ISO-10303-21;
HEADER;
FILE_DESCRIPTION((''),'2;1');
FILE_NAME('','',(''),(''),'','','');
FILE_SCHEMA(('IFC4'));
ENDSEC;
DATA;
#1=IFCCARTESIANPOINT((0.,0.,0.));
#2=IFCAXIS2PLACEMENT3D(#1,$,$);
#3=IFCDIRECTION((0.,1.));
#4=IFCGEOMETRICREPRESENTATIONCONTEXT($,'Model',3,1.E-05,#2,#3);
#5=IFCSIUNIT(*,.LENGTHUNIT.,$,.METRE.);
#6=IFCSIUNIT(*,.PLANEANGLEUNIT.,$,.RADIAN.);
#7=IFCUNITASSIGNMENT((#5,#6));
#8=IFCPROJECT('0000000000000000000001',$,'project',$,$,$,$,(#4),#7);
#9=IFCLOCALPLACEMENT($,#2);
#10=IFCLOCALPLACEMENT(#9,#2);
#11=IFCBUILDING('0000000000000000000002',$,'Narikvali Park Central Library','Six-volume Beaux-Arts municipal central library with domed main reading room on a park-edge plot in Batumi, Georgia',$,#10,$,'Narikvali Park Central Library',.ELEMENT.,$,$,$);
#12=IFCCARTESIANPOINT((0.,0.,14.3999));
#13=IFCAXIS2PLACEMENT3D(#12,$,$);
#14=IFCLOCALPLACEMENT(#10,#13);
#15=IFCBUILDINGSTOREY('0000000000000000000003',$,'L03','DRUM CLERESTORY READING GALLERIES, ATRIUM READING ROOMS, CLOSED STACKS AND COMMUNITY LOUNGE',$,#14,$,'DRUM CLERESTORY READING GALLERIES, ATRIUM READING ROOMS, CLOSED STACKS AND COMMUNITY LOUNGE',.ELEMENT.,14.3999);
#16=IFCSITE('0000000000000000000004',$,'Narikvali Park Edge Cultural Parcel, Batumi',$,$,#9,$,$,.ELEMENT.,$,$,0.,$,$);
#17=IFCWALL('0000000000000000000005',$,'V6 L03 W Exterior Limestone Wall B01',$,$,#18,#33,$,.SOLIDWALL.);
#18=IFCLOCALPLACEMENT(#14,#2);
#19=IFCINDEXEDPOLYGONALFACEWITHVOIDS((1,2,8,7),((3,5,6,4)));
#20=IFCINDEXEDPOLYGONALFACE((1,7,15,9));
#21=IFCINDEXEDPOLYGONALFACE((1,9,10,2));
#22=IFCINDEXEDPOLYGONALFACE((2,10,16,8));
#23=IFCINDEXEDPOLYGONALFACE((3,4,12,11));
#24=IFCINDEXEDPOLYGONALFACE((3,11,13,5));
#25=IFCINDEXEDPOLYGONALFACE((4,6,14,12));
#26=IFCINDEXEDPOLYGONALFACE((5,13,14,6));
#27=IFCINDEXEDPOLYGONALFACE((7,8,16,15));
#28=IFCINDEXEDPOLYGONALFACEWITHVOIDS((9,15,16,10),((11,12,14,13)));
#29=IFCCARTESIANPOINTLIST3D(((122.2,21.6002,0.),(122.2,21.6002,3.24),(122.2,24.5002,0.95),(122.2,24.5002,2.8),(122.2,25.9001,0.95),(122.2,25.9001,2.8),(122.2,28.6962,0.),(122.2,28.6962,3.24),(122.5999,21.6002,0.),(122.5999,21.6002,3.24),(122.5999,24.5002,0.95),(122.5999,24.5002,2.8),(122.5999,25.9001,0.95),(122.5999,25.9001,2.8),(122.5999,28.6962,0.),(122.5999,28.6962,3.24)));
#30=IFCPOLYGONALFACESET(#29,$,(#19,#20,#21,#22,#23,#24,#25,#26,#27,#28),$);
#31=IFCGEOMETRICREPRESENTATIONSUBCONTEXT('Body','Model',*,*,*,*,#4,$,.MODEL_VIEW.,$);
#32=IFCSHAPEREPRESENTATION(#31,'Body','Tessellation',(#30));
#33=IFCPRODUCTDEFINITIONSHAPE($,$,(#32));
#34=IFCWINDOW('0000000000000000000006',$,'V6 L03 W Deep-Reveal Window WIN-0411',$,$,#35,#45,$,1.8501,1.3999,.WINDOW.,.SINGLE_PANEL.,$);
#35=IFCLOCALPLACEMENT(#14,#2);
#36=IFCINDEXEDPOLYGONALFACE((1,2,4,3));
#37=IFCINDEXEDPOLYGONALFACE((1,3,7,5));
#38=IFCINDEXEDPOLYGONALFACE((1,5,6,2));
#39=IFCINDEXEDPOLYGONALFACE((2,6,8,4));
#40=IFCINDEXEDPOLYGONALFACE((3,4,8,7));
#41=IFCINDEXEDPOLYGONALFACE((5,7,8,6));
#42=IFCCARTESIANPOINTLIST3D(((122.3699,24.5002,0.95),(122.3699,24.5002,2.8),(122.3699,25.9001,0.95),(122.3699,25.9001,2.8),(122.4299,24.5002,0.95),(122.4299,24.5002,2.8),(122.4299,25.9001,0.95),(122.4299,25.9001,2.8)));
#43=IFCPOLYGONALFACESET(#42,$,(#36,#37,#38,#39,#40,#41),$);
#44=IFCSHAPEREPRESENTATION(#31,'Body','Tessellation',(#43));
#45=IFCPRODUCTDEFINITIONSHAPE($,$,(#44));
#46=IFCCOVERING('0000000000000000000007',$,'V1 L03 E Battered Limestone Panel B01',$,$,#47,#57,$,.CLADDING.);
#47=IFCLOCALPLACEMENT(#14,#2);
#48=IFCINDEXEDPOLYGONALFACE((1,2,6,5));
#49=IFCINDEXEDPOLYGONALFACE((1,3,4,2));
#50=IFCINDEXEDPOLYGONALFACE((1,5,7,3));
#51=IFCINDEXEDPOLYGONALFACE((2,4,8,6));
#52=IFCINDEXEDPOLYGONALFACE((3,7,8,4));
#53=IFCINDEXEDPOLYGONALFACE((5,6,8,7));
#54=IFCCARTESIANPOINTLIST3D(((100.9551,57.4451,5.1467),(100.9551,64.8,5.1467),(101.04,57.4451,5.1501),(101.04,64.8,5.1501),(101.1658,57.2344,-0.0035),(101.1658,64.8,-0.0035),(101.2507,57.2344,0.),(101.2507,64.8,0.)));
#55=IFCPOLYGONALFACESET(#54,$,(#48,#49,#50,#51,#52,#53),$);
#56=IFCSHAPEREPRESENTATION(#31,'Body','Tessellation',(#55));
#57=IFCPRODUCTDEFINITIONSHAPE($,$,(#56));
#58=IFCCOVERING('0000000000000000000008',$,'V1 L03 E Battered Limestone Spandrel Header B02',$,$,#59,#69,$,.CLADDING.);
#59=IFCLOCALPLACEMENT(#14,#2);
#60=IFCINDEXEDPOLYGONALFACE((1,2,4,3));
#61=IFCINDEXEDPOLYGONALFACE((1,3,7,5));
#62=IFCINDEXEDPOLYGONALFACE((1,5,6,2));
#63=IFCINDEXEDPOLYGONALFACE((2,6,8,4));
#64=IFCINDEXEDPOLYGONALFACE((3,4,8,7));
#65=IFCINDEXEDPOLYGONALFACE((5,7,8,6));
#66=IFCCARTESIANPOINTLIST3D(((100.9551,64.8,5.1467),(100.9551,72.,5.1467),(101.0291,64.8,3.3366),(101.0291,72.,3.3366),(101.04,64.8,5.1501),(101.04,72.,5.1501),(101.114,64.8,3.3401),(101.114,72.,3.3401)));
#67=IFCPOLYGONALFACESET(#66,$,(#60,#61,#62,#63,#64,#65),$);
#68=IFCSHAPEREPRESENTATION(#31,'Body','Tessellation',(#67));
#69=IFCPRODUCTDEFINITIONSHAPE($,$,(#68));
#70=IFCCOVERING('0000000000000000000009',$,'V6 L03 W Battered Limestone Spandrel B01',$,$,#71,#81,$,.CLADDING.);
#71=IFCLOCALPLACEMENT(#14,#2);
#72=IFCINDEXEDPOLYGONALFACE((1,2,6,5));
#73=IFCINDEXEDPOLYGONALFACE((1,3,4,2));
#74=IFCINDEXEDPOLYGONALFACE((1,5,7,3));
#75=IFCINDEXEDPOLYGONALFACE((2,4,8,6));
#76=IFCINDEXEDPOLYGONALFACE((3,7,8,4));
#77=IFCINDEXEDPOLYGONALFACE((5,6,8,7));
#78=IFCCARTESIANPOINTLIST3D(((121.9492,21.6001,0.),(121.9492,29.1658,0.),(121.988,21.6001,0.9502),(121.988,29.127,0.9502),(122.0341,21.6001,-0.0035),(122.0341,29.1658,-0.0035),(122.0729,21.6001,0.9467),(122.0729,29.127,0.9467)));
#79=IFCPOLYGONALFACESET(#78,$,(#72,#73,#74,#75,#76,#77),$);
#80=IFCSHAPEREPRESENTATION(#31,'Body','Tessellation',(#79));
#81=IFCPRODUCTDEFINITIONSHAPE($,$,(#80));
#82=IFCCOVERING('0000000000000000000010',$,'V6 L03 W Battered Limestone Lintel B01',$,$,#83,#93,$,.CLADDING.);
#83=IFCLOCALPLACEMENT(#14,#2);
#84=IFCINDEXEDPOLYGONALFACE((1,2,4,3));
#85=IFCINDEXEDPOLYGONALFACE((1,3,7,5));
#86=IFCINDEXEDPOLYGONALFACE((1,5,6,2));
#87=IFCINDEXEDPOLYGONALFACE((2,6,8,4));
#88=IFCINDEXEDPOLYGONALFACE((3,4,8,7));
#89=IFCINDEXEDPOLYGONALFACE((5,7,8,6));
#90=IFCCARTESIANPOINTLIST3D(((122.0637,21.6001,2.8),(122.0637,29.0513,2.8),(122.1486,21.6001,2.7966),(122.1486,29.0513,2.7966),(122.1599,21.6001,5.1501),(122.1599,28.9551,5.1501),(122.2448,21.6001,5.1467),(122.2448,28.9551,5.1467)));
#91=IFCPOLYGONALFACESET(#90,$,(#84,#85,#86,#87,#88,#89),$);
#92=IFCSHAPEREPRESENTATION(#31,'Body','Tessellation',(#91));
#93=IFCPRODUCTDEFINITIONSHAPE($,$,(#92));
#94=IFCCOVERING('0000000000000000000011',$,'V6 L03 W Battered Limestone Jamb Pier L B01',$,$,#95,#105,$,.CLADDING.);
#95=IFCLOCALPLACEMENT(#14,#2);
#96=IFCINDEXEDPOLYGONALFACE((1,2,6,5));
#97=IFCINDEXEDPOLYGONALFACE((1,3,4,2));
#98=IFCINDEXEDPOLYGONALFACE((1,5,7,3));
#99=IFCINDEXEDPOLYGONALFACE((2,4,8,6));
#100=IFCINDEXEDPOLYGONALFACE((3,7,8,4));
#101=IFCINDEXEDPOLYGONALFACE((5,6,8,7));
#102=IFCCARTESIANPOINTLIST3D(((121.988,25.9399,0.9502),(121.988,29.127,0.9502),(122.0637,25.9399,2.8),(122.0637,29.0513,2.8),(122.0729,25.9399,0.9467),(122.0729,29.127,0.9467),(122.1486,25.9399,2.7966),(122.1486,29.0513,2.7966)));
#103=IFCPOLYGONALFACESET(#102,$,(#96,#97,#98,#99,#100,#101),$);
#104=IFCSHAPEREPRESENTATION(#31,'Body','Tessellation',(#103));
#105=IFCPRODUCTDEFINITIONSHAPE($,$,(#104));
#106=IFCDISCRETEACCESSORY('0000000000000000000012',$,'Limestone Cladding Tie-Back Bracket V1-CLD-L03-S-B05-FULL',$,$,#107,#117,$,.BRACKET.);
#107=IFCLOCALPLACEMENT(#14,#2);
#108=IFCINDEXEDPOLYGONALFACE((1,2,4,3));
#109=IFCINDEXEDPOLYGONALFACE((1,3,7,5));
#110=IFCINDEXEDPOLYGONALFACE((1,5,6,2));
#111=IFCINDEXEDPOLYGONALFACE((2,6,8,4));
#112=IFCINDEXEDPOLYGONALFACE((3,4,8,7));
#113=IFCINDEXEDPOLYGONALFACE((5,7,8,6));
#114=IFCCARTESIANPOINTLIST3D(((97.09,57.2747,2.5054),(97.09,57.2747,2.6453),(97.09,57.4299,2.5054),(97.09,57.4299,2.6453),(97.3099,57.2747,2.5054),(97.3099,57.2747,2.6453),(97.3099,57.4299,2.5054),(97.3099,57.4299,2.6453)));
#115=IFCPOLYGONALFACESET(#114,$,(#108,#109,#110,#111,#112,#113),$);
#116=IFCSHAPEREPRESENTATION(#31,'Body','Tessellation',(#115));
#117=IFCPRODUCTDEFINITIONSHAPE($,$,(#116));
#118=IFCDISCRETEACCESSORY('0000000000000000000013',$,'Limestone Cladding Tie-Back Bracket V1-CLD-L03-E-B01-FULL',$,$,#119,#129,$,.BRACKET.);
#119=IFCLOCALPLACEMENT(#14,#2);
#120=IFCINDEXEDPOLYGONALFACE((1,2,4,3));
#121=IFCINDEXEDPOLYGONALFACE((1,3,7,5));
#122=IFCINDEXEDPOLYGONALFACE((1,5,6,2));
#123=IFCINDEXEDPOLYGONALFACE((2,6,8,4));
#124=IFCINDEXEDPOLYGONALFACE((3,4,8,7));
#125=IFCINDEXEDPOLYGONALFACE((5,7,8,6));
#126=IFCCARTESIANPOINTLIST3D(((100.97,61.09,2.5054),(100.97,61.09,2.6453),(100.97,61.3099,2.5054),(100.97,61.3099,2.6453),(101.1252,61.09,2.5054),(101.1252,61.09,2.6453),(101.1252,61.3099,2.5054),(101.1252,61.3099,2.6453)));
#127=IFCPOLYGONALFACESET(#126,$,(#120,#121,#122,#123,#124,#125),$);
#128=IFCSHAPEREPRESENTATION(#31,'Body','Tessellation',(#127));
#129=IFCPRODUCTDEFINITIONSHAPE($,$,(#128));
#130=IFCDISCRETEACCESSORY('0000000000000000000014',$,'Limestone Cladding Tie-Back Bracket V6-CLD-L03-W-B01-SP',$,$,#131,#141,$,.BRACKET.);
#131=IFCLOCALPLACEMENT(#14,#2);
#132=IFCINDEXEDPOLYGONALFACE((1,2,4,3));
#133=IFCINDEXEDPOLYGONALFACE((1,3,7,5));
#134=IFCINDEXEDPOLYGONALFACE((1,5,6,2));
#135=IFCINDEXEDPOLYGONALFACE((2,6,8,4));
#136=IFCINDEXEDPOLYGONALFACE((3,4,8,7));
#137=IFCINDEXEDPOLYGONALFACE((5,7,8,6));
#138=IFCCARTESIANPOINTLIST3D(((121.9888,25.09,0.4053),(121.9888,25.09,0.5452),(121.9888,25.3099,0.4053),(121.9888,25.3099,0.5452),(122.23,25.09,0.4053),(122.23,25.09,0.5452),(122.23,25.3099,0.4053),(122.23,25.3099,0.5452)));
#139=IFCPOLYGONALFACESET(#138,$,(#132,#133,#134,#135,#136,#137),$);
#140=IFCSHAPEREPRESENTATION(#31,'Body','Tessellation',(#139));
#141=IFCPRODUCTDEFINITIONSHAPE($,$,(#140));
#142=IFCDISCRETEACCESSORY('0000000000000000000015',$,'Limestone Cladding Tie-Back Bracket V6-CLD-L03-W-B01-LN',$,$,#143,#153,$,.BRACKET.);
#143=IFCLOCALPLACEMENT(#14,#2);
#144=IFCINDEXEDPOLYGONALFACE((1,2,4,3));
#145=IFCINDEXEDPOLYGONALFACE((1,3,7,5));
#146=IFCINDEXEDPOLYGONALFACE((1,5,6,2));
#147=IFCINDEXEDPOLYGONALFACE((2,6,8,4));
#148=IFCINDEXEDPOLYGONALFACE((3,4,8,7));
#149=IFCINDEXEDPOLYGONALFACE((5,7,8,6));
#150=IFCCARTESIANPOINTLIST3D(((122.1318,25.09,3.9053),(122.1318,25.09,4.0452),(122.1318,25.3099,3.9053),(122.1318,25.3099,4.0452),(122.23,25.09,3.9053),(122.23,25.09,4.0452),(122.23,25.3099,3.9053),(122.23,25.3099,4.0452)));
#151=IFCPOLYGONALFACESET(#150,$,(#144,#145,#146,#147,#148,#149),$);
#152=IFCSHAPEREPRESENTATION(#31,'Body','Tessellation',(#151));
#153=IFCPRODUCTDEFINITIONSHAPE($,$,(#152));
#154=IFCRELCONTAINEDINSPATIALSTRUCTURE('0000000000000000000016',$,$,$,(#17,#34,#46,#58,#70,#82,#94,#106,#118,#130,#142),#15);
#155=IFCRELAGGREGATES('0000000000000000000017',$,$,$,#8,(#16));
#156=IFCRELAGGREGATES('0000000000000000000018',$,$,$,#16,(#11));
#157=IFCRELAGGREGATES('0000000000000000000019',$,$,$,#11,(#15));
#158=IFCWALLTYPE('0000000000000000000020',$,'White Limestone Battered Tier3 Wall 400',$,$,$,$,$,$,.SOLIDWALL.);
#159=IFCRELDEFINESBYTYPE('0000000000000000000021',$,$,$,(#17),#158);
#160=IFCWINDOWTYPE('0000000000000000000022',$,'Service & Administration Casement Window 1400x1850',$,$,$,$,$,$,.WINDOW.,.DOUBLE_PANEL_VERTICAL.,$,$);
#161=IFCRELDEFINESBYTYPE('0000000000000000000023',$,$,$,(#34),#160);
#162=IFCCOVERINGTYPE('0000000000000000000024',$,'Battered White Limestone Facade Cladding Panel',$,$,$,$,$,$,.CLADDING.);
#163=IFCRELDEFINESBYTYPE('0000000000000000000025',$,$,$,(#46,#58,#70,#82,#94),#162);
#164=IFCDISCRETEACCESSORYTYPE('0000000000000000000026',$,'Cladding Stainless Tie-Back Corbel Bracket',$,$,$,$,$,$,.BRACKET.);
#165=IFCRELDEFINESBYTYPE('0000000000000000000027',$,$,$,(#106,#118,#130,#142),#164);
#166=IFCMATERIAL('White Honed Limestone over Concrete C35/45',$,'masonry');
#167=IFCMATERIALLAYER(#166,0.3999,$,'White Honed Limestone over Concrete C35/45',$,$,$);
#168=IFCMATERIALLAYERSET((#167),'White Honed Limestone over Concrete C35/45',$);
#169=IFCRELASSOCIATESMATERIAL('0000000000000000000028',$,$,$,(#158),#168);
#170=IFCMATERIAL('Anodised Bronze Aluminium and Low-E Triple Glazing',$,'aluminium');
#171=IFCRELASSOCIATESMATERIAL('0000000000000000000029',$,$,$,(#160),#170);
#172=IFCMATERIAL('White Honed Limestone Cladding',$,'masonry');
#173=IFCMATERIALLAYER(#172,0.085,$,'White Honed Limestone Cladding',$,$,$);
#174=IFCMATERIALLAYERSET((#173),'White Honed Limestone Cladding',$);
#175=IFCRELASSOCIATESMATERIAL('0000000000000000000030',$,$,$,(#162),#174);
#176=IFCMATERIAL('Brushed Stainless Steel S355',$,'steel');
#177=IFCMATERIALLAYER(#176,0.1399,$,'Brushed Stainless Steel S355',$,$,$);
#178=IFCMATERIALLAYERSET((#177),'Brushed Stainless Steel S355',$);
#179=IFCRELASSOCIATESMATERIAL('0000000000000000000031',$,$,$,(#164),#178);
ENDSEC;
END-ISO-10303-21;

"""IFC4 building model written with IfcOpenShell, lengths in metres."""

from ifc_helpers import new_model, si_unit, direction, frame, frame_2d, origin, origin_2d, place, context, subcontext, project, spatial, polyline, rectangle, outline, extrude, material, layer, layer_set, type_object, element, fill, save


model = new_model("IFC4")

# Units and contexts
model_context = context("Model", 3, precision=1e-05, world=origin(), true_north=direction((0.0, 1.0)))
body_context = subcontext(model_context, "Body", "Model", "MODEL_VIEW")
ifc_project = project(units=[si_unit("LENGTHUNIT", "METRE"), si_unit("PLANEANGLEUNIT", "RADIAN")], contexts=[model_context])

# Site, building, storey
site_placement = place(None, origin())
site = spatial("IfcSite", under=ifc_project, at=site_placement, Name="Narikvali Park Edge Cultural Parcel, Batumi", CompositionType="ELEMENT", RefElevation=0.0)
building_placement = place(site_placement, origin())
building = spatial("IfcBuilding", under=site, at=building_placement, Name="Narikvali Park Central Library", Description="Six-volume Beaux-Arts municipal central library with domed main reading room on a park-edge plot in Batumi, Georgia", LongName="Narikvali Park Central Library", CompositionType="ELEMENT")
storey_placement = place(building_placement, frame((0.0, 0.0, 14.3999)))
storey = spatial("IfcBuildingStorey", under=building, at=storey_placement, Name="L03", Description="DRUM CLERESTORY READING GALLERIES, ATRIUM READING ROOMS, CLOSED STACKS AND COMMUNITY LOUNGE", LongName="DRUM CLERESTORY READING GALLERIES, ATRIUM READING ROOMS, CLOSED STACKS AND COMMUNITY LOUNGE", CompositionType="ELEMENT", Elevation=14.3999)

# Wall, opening, window
ifc_material_1 = material(Name="White Honed Limestone over Concrete C35/45", Category="masonry")
ifc_layer_1 = layer(ifc_material_1, 0.3999, Name="White Honed Limestone over Concrete C35/45")
ifc_layer_set_1 = layer_set([ifc_layer_1], Name="White Honed Limestone over Concrete C35/45")
wall_type_1 = type_object("IfcWallType", Name="White Limestone Battered Tier3 Wall 400", PredefinedType="SOLIDWALL", material=ifc_layer_set_1)
wall_1_placement = place(storey_placement, frame((122.3999, 28.696, 0.0), z_axis=(0.0, 0.0, 1.0), x_axis=(0.0, -1.0, 0.0)))
wall_1 = element("IfcWall", 1, at=wall_1_placement, inside=storey, type_object=wall_type_1, Name="V6 L03 W Exterior Limestone Wall B01", PredefinedType="SOLIDWALL", context=body_context, shape_type="SweptSolid", body=[
    extrude(rectangle(XDim=7.0959, YDim=0.3999, at=frame_2d((3.5479, 0.0))), origin(), (0.0, 0.0, 1.0), 3.24),
])
opening_1_placement = place(wall_1_placement, frame((2.7959, 0.0, 0.95)))
opening_1 = element("IfcOpeningElement", 2, at=opening_1_placement, cuts=wall_1, PredefinedType="OPENING", context=body_context, shape_type="SweptSolid", body=[
    extrude(rectangle(XDim=1.3999, YDim=1.8501, at=frame_2d((0.7, 0.925))), frame((0.0, 0.2119, 0.0), z_axis=(0.0, -1.0, 0.0), x_axis=(1.0, 0.0, 0.0)), (0.0, 0.0, 1.0), 0.4238),
])
ifc_material_2 = material(Name="Anodised Bronze Aluminium and Low-E Triple Glazing", Category="aluminium")
window_type_1 = type_object("IfcWindowType", Name="Service & Administration Casement Window 1400x1850", PartitioningType="DOUBLE_PANEL_VERTICAL", PredefinedType="WINDOW", material=ifc_material_2)
window_1_placement = place(opening_1_placement, origin())
window_1 = element("IfcWindow", 3, at=window_1_placement, inside=storey, type_object=window_type_1, Name="V6 L03 W Deep-Reveal Window WIN-0411", OverallHeight=1.8501, OverallWidth=1.3999, PartitioningType="SINGLE_PANEL", PredefinedType="WINDOW", context=body_context, shape_type="SweptSolid", body=[
    extrude(rectangle(XDim=1.3999, YDim=1.8501, at=frame_2d((0.7, 0.925))), frame((0.0, 0.03, 0.0), z_axis=(0.0, -1.0, 0.0), x_axis=(1.0, 0.0, 0.0)), (0.0, 0.0, 1.0), 0.0601),
])
fill(opening_1, window_1)

# Coverings
ifc_material_3 = material(Name="White Honed Limestone Cladding", Category="masonry")
ifc_layer_2 = layer(ifc_material_3, 0.085, Name="White Honed Limestone Cladding")
ifc_layer_set_2 = layer_set([ifc_layer_2], Name="White Honed Limestone Cladding")
covering_type = type_object("IfcCoveringType", Name="Battered White Limestone Facade Cladding Panel", PredefinedType="CLADDING", material=ifc_layer_set_2)
covering_1_placement = place(storey_placement, frame((101.2507, 57.2344, 0.0), z_axis=(0.999164, 0.0, 0.040876), x_axis=(0.0, 1.0, 0.0)))
element("IfcCovering", 4, at=covering_1_placement, inside=storey, type_object=covering_type, Name="V1 L03 E Battered Limestone Panel B01", PredefinedType="CLADDING", context=body_context, shape_type="SweptSolid", body=[
    extrude(outline(polyline([(0.0, 0.0), (7.5657, 0.0), (7.5657, 5.1545), (0.2107, 5.1545), (0.0, 0.0)])), origin(), (0.0, 0.0, -1.0), 0.085),
])
covering_2_placement = place(storey_placement, frame((101.114, 64.8, 3.3401), z_axis=(0.999166, 0.0, 0.040835), x_axis=(0.0, 1.0, 0.0)))
element("IfcCovering", 5, at=covering_2_placement, inside=storey, type_object=covering_type, Name="V1 L03 E Battered Limestone Spandrel Header B02", PredefinedType="CLADDING", context=body_context, shape_type="SweptSolid", body=[
    extrude(outline(polyline([(0.0, 0.0), (7.2, 0.0), (7.2, 1.8116), (0.0, 1.8116), (0.0, 0.0)])), origin(), (0.0, 0.0, -1.0), 0.085),
])
covering_3_placement = place(storey_placement, frame((121.9492, 29.1658, 0.0), z_axis=(-0.999167, 0.0, 0.040819), x_axis=(0.0, -1.0, 0.0)))
element("IfcCovering", 6, at=covering_3_placement, inside=storey, type_object=covering_type, Name="V6 L03 W Battered Limestone Spandrel B01", PredefinedType="CLADDING", context=body_context, shape_type="SweptSolid", body=[
    extrude(outline(polyline([(0.0, 0.0), (7.5657, 0.0), (7.5657, 0.951), (0.0388, 0.951), (0.0, 0.0)])), origin(), (0.0, 0.0, -1.0), 0.085),
])
covering_4_placement = place(storey_placement, frame((122.0637, 29.0513, 2.8), z_axis=(-0.999163, 0.0, 0.040897), x_axis=(0.0, -1.0, 0.0)))
element("IfcCovering", 7, at=covering_4_placement, inside=storey, type_object=covering_type, Name="V6 L03 W Battered Limestone Lintel B01", PredefinedType="CLADDING", context=body_context, shape_type="SweptSolid", body=[
    extrude(outline(polyline([(0.0, 0.0), (7.4512, 0.0), (7.4512, 2.3521), (0.0962, 2.3521), (0.0, 0.0)])), origin(), (0.0, 0.0, -1.0), 0.085),
])
covering_5_placement = place(storey_placement, frame((121.988, 29.127, 0.9502), z_axis=(-0.999164, 0.0, 0.040879), x_axis=(0.0, -1.0, 0.0)))
element("IfcCovering", 8, at=covering_5_placement, inside=storey, type_object=covering_type, Name="V6 L03 W Battered Limestone Jamb Pier L B01", PredefinedType="CLADDING", context=body_context, shape_type="SweptSolid", body=[
    extrude(outline(polyline([(0.0, 0.0), (3.187, 0.0), (3.187, 1.8514), (0.0757, 1.8514), (0.0, 0.0)])), origin(), (0.0, 0.0, -1.0), 0.085),
])

# Discrete accessories
ifc_material_4 = material(Name="Brushed Stainless Steel S355", Category="steel")
ifc_layer_3 = layer(ifc_material_4, 0.1399, Name="Brushed Stainless Steel S355")
ifc_layer_set_3 = layer_set([ifc_layer_3], Name="Brushed Stainless Steel S355")
discrete_accessory_type = type_object("IfcDiscreteAccessoryType", Name="Cladding Stainless Tie-Back Corbel Bracket", PredefinedType="BRACKET", material=ifc_layer_set_3)
discrete_accessory_1_placement = place(storey_placement, frame((97.2, 57.3523, 2.5054), z_axis=(0.0, 0.0, 1.0), x_axis=(1.0, 0.0, 0.0)))
element("IfcDiscreteAccessory", 9, at=discrete_accessory_1_placement, inside=storey, type_object=discrete_accessory_type, Name="Limestone Cladding Tie-Back Bracket V1-CLD-L03-S-B05-FULL", PredefinedType="BRACKET", context=body_context, shape_type="SweptSolid", body=[
    extrude(rectangle(XDim=0.22, YDim=0.1553, at=origin_2d()), origin(), (0.0, 0.0, 1.0), 0.1399),
])
discrete_accessory_2_placement = place(storey_placement, frame((101.0476, 61.2, 2.5054), z_axis=(0.0, 0.0, 1.0), x_axis=(1.0, 0.0, 0.0)))
element("IfcDiscreteAccessory", 10, at=discrete_accessory_2_placement, inside=storey, type_object=discrete_accessory_type, Name="Limestone Cladding Tie-Back Bracket V1-CLD-L03-E-B01-FULL", PredefinedType="BRACKET", context=body_context, shape_type="SweptSolid", body=[
    extrude(rectangle(XDim=0.1553, YDim=0.22, at=origin_2d()), origin(), (0.0, 0.0, 1.0), 0.1399),
])
discrete_accessory_3_placement = place(storey_placement, frame((122.1094, 25.2, 0.4053), z_axis=(0.0, 0.0, 1.0), x_axis=(1.0, 0.0, 0.0)))
element("IfcDiscreteAccessory", 11, at=discrete_accessory_3_placement, inside=storey, type_object=discrete_accessory_type, Name="Limestone Cladding Tie-Back Bracket V6-CLD-L03-W-B01-SP", PredefinedType="BRACKET", context=body_context, shape_type="SweptSolid", body=[
    extrude(rectangle(XDim=0.2412, YDim=0.22, at=origin_2d()), origin(), (0.0, 0.0, 1.0), 0.1399),
])
discrete_accessory_4_placement = place(storey_placement, frame((122.1809, 25.2, 3.9053), z_axis=(0.0, 0.0, 1.0), x_axis=(1.0, 0.0, 0.0)))
element("IfcDiscreteAccessory", 12, at=discrete_accessory_4_placement, inside=storey, type_object=discrete_accessory_type, Name="Limestone Cladding Tie-Back Bracket V6-CLD-L03-W-B01-LN", PredefinedType="BRACKET", context=body_context, shape_type="SweptSolid", body=[
    extrude(rectangle(XDim=0.0981, YDim=0.22, at=origin_2d()), origin(), (0.0, 0.0, 1.0), 0.1399),
])

save(model, "model.ifc")
